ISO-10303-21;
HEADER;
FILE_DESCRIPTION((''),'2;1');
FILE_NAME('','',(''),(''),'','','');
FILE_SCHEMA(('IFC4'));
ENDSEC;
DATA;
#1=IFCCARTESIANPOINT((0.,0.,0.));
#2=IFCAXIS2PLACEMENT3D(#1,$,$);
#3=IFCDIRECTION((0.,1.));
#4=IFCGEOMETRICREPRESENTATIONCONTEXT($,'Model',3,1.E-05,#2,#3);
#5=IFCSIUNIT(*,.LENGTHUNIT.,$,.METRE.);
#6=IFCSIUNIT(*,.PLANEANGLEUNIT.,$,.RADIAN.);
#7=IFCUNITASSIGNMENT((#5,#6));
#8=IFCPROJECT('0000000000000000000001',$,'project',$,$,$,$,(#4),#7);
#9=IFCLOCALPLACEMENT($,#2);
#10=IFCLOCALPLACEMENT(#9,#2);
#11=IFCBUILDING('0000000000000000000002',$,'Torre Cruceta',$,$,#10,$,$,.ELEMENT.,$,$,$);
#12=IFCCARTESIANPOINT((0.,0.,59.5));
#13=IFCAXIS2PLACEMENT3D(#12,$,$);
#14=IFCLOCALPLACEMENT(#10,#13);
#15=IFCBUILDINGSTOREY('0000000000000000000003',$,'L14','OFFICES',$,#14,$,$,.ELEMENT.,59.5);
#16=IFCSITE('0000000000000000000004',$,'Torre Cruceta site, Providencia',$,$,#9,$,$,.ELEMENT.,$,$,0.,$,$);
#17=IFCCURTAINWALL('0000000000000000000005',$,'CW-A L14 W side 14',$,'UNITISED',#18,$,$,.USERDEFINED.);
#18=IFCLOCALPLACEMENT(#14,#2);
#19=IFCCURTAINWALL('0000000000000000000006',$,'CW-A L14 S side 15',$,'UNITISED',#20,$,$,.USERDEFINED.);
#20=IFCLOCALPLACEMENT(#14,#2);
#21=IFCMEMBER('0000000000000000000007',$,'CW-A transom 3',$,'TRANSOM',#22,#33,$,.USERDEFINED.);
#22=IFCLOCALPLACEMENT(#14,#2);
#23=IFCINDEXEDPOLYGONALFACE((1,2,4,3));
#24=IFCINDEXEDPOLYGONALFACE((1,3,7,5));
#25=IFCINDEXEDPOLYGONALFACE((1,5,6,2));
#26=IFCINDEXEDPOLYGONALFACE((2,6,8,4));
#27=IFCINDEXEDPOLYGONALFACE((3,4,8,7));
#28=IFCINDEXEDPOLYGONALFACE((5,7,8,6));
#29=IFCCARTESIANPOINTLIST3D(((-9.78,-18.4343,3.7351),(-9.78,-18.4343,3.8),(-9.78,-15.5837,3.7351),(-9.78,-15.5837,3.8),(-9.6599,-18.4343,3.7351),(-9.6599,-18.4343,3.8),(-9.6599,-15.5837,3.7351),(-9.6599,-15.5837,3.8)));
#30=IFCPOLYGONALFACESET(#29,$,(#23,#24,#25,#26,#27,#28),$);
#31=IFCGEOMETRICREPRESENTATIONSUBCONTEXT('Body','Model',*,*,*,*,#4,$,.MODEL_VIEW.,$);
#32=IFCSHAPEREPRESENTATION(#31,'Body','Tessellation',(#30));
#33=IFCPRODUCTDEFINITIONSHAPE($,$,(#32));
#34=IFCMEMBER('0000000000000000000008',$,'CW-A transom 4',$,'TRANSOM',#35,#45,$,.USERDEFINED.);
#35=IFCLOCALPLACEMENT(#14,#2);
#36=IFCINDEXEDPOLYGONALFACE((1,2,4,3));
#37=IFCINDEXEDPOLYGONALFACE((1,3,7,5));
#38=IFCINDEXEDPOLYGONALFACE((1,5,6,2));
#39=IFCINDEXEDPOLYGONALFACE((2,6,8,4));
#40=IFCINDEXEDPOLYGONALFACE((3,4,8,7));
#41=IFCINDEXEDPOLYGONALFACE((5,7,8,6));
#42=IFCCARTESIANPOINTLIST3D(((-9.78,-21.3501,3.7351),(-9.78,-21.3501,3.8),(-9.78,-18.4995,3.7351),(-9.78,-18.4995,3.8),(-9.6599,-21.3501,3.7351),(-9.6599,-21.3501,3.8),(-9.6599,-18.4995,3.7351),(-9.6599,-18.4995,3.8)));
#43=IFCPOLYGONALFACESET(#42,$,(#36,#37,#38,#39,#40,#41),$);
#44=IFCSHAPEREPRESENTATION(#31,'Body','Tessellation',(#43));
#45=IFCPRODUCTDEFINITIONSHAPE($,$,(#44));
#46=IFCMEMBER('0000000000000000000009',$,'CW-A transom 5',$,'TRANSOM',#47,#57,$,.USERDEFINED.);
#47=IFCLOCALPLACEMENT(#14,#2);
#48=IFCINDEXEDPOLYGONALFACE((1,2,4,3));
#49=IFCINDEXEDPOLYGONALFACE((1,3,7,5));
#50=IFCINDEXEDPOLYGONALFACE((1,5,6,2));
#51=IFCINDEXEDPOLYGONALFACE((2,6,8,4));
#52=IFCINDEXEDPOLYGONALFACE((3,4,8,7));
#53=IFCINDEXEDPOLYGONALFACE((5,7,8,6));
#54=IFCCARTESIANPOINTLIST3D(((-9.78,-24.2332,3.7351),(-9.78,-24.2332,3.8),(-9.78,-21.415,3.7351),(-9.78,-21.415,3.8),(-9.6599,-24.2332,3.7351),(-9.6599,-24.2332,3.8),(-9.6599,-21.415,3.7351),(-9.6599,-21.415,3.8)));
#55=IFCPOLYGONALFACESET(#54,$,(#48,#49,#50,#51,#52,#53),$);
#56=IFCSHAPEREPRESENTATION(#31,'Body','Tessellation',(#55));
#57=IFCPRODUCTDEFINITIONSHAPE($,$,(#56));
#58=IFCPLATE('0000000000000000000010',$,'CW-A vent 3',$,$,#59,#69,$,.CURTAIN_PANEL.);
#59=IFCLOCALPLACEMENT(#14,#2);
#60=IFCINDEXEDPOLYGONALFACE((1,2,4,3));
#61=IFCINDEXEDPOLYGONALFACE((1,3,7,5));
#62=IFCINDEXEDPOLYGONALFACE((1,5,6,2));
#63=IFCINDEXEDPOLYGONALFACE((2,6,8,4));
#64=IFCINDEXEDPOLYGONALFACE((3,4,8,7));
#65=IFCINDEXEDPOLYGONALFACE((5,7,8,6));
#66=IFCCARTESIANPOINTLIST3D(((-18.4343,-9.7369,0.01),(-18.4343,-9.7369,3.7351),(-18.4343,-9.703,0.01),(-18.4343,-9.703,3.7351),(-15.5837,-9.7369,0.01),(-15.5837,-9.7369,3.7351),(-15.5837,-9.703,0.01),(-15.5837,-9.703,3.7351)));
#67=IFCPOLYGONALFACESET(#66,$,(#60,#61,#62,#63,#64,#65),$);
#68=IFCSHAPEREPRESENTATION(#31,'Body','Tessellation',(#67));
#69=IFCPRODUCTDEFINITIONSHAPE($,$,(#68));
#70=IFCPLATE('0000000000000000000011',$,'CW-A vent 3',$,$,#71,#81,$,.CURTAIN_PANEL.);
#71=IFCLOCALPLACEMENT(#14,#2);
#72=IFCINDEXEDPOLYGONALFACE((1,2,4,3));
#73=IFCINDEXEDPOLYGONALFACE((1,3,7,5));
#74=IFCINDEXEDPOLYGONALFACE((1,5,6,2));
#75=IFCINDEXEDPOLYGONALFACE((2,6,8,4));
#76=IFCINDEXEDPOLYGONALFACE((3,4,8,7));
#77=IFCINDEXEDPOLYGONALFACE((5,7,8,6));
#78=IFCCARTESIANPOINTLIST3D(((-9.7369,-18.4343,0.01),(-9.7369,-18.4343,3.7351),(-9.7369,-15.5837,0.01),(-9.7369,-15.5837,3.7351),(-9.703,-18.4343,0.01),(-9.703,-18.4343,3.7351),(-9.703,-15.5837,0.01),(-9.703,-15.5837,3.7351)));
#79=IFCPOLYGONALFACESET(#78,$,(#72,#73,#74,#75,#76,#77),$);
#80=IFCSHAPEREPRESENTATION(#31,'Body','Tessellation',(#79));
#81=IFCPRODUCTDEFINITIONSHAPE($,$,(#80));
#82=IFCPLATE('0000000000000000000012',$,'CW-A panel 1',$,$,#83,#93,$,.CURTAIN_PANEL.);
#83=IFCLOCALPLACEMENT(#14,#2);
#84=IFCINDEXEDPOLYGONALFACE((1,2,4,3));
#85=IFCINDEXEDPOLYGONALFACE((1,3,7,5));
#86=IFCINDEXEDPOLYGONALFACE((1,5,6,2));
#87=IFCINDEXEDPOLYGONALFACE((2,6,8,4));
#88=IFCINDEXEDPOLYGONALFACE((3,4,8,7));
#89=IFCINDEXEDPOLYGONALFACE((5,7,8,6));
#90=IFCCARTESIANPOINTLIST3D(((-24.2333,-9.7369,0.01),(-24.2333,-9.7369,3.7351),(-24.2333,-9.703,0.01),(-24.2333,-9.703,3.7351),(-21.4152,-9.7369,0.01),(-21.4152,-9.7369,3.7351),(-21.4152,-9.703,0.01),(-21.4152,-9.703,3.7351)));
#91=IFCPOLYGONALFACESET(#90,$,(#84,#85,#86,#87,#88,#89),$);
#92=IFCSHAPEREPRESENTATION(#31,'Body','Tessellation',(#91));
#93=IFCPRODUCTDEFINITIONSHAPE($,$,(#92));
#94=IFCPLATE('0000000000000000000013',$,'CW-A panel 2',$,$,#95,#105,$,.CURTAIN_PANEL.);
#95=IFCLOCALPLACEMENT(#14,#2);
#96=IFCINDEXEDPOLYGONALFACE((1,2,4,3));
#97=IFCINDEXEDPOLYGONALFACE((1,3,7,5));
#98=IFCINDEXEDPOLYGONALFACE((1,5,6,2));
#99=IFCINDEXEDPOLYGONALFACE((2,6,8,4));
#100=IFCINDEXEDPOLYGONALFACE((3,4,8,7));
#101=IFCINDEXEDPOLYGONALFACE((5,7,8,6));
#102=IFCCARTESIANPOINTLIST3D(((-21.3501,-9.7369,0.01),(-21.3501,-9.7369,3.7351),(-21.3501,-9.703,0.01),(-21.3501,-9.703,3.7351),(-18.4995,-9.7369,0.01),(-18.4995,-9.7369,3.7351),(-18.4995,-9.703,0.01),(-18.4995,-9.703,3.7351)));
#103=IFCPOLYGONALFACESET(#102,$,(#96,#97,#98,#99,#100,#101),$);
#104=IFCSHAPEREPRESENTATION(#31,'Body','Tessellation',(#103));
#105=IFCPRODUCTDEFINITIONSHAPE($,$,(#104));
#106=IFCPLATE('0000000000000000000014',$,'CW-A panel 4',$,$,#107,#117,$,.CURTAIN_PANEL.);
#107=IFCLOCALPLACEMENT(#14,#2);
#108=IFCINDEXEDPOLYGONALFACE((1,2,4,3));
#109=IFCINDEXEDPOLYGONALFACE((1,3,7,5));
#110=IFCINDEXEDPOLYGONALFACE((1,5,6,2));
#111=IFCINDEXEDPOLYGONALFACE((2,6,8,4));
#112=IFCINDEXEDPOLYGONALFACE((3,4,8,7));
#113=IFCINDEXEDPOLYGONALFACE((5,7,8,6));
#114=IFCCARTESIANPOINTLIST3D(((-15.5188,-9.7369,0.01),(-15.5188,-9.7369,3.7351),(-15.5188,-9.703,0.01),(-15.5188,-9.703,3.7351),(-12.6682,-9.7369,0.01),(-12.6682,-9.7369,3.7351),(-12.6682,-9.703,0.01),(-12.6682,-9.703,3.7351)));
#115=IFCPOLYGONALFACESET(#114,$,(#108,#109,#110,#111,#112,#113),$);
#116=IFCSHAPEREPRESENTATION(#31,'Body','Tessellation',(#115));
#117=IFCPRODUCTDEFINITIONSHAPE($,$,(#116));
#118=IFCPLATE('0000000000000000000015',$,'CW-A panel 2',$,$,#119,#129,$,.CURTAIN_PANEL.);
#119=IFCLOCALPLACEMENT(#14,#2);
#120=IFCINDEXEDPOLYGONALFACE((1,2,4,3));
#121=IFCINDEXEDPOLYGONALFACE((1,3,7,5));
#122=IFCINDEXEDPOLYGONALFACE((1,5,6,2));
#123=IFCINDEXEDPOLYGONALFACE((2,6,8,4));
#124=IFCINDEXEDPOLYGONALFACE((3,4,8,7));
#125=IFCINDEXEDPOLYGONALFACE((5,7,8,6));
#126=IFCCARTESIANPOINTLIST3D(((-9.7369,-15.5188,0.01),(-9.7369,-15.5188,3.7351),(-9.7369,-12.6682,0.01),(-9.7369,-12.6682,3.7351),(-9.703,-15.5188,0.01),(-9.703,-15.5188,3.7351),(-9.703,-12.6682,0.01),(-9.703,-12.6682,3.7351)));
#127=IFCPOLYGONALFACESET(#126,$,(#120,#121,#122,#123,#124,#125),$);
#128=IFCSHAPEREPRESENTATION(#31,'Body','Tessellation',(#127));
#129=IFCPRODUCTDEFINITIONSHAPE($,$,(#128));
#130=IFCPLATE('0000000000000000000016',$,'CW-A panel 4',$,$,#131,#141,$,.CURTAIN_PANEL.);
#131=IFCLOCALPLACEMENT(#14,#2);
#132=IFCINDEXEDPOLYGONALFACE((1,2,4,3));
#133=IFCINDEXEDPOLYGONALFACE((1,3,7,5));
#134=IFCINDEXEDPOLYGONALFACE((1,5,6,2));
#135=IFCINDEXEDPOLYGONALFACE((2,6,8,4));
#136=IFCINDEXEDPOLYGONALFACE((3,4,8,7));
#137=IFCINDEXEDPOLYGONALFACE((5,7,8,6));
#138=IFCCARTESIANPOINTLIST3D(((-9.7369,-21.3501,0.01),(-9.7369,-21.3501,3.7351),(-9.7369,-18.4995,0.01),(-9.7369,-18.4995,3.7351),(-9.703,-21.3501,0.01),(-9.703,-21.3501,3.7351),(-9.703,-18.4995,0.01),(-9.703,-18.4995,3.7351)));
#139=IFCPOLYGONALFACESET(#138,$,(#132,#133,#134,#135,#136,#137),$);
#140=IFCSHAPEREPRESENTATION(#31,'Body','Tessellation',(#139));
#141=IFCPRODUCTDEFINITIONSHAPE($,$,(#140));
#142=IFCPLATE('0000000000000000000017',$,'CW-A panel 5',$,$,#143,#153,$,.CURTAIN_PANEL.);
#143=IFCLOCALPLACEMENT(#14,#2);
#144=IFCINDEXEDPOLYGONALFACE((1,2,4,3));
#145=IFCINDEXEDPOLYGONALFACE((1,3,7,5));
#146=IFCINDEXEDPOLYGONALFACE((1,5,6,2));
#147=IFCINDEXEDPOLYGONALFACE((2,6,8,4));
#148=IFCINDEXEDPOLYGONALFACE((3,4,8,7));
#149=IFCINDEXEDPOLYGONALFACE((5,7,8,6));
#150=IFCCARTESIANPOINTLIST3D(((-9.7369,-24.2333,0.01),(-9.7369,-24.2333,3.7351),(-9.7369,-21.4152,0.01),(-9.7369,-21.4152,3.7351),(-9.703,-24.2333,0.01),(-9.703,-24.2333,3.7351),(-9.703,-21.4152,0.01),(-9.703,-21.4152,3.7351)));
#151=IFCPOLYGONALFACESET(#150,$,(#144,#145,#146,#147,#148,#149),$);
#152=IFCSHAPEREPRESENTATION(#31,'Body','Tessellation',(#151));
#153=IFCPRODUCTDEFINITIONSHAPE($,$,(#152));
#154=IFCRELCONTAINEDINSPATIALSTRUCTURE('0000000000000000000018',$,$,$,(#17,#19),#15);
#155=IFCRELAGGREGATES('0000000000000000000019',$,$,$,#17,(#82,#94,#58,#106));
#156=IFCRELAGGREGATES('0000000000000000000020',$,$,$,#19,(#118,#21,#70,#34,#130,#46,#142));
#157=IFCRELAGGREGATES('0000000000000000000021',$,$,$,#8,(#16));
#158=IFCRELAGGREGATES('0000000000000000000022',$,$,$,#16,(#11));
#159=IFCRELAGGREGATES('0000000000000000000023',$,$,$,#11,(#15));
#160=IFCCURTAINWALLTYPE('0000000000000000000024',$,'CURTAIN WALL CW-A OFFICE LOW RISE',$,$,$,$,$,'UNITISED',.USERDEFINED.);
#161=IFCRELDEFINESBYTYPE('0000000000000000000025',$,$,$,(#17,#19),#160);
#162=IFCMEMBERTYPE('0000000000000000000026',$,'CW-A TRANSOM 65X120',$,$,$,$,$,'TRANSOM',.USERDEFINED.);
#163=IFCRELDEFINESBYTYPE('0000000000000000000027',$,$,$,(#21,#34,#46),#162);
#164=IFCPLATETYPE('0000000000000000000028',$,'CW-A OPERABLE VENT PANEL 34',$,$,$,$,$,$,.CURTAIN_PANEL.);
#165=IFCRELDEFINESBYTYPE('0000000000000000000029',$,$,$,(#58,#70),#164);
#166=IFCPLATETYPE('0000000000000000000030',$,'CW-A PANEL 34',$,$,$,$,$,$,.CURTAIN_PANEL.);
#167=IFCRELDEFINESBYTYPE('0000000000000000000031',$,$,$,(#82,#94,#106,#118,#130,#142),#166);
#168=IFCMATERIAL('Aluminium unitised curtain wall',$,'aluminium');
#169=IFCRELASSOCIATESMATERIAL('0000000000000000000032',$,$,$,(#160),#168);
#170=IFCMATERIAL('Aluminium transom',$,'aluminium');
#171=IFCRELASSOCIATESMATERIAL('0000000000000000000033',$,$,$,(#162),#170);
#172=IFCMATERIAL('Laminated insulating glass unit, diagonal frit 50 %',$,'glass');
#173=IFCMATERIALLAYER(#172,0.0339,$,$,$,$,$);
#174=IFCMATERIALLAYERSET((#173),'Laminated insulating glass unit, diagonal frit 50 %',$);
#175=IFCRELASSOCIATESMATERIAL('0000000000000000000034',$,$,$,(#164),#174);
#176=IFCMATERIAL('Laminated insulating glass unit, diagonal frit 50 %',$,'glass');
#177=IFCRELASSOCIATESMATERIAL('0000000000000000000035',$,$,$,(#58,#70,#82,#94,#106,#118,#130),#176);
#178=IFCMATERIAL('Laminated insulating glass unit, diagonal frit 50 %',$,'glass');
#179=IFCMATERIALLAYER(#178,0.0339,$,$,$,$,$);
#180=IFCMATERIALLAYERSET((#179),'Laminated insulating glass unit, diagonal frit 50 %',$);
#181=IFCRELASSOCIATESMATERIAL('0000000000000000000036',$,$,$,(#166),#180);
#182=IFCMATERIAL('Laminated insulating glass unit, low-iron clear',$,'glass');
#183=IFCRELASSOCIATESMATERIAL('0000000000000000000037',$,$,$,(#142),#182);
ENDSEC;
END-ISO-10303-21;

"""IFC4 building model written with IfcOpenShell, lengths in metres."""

from ifc_helpers import new_model, si_unit, direction, frame, origin, origin_2d, place, context, subcontext, project, spatial, rectangle, extrude, material, layer, layer_set, material_profile, profile_set, type_object, element, aggregate, save


model = new_model("IFC4")

# Units and contexts
model_context = context("Model", 3, precision=1e-05, world=origin(), true_north=direction((0.0, 1.0)))
body_context = subcontext(model_context, "Body", "Model", "MODEL_VIEW")
ifc_project = project(units=[si_unit("LENGTHUNIT", "METRE"), si_unit("PLANEANGLEUNIT", "RADIAN")], contexts=[model_context])

# Site, building, storey
site_placement = place(None, origin())
site = spatial("IfcSite", under=ifc_project, at=site_placement, Name="Torre Cruceta site, Providencia", CompositionType="ELEMENT", RefElevation=0.0)
building_placement = place(site_placement, origin())
building = spatial("IfcBuilding", under=site, at=building_placement, Name="Torre Cruceta", CompositionType="ELEMENT")
storey_placement = place(building_placement, frame((0.0, 0.0, 59.5)))
storey = spatial("IfcBuildingStorey", under=building, at=storey_placement, Name="L14", Description="OFFICES", CompositionType="ELEMENT", Elevation=59.5)

# Curtain walls
ifc_material_1 = material(Name="Aluminium unitised curtain wall", Category="aluminium")
curtain_wall_type = type_object("IfcCurtainWallType", Name="CURTAIN WALL CW-A OFFICE LOW RISE", ElementType="UNITISED", PredefinedType="USERDEFINED", material=ifc_material_1)
curtain_wall_1_placement = place(storey_placement, origin())
curtain_wall_1 = element("IfcCurtainWall", 1, at=curtain_wall_1_placement, inside=storey, type_object=curtain_wall_type, Name="CW-A L14 W side 14", ObjectType="UNITISED", PredefinedType="USERDEFINED")
curtain_wall_2_placement = place(storey_placement, origin())
curtain_wall_2 = element("IfcCurtainWall", 2, at=curtain_wall_2_placement, inside=storey, type_object=curtain_wall_type, Name="CW-A L14 S side 15", ObjectType="UNITISED", PredefinedType="USERDEFINED")

# Members
ifc_material_2 = material(Name="Aluminium transom", Category="aluminium")
ifc_material_profile_1 = material_profile(ifc_material_2, rectangle(XDim=0.1201, YDim=0.0649, at=origin_2d()), Name="AL 120X65")
ifc_profile_set_1 = profile_set([ifc_material_profile_1], Name="Aluminium transom")
member_type_1 = type_object("IfcMemberType", Name="CW-A TRANSOM 65X120", ElementType="TRANSOM", PredefinedType="USERDEFINED", material=ifc_profile_set_1)
member_1_placement = place(storey_placement, frame((-9.72, -15.5837, 3.7676), z_axis=(0.0, -1.0, 0.0), x_axis=(1.0, 0.0, 0.0)))
member_1 = element("IfcMember", 3, at=member_1_placement, type_object=member_type_1, Name="CW-A transom 3", ObjectType="TRANSOM", PredefinedType="USERDEFINED", context=body_context, shape_type="SweptSolid", body=[
    extrude(rectangle(XDim=0.1201, YDim=0.0649, at=origin_2d()), origin(), (0.0, 0.0, 1.0), 2.8506),
])
member_2_placement = place(storey_placement, frame((-9.72, -18.4995, 3.7676), z_axis=(0.0, -1.0, 0.0), x_axis=(1.0, 0.0, 0.0)))
member_2 = element("IfcMember", 4, at=member_2_placement, type_object=member_type_1, Name="CW-A transom 4", ObjectType="TRANSOM", PredefinedType="USERDEFINED", context=body_context, shape_type="SweptSolid", body=[
    extrude(rectangle(XDim=0.1201, YDim=0.0649, at=origin_2d()), origin(), (0.0, 0.0, 1.0), 2.8506),
])
member_3_placement = place(storey_placement, frame((-9.72, -21.415, 3.7676), z_axis=(0.0, -1.0, 0.0), x_axis=(1.0, 0.0, 0.0)))
member_3 = element("IfcMember", 5, at=member_3_placement, type_object=member_type_1, Name="CW-A transom 5", ObjectType="TRANSOM", PredefinedType="USERDEFINED", context=body_context, shape_type="SweptSolid", body=[
    extrude(rectangle(XDim=0.1201, YDim=0.0649, at=origin_2d()), origin(), (0.0, 0.0, 1.0), 2.8181),
])

# Plates
ifc_material_3 = material(Name="Laminated insulating glass unit, diagonal frit 50 %", Category="glass")
ifc_material_4 = material(Name="Laminated insulating glass unit, diagonal frit 50 %", Category="glass")
ifc_layer_1 = layer(ifc_material_4, 0.0339)
ifc_layer_set_1 = layer_set([ifc_layer_1], Name="Laminated insulating glass unit, diagonal frit 50 %")
plate_type_1 = type_object("IfcPlateType", Name="CW-A OPERABLE VENT PANEL 34", PredefinedType="CURTAIN_PANEL", material=ifc_layer_set_1)
plate_1_placement = place(storey_placement, frame((-17.009, -9.72, 0.01), z_axis=(0.0, 0.0, 1.0), x_axis=(1.0, 0.0, 0.0)))
plate_1 = element("IfcPlate", 6, at=plate_1_placement, type_object=plate_type_1, material=ifc_material_3, Name="CW-A vent 3", PredefinedType="CURTAIN_PANEL", context=body_context, shape_type="SweptSolid", body=[
    extrude(rectangle(XDim=2.8506, YDim=0.0339, at=origin_2d()), origin(), (0.0, 0.0, 1.0), 3.7251),
])
plate_2_placement = place(storey_placement, frame((-9.72, -17.009, 0.01), z_axis=(0.0, 0.0, 1.0), x_axis=(0.0, -1.0, 0.0)))
plate_2 = element("IfcPlate", 7, at=plate_2_placement, type_object=plate_type_1, material=ifc_material_3, Name="CW-A vent 3", PredefinedType="CURTAIN_PANEL", context=body_context, shape_type="SweptSolid", body=[
    extrude(rectangle(XDim=2.8506, YDim=0.0339, at=origin_2d()), origin(), (0.0, 0.0, 1.0), 3.7251),
])
ifc_material_5 = material(Name="Laminated insulating glass unit, diagonal frit 50 %", Category="glass")
ifc_layer_2 = layer(ifc_material_5, 0.0339)
ifc_layer_set_2 = layer_set([ifc_layer_2], Name="Laminated insulating glass unit, diagonal frit 50 %")
plate_type_2 = type_object("IfcPlateType", Name="CW-A PANEL 34", PredefinedType="CURTAIN_PANEL", material=ifc_layer_set_2)
plate_3_placement = place(storey_placement, frame((-22.8242, -9.72, 0.01), z_axis=(0.0, 0.0, 1.0), x_axis=(1.0, 0.0, 0.0)))
plate_3 = element("IfcPlate", 8, at=plate_3_placement, type_object=plate_type_2, material=ifc_material_3, Name="CW-A panel 1", PredefinedType="CURTAIN_PANEL", context=body_context, shape_type="SweptSolid", body=[
    extrude(rectangle(XDim=2.8181, YDim=0.0339, at=origin_2d()), origin(), (0.0, 0.0, 1.0), 3.7251),
])
plate_4_placement = place(storey_placement, frame((-19.9248, -9.72, 0.01), z_axis=(0.0, 0.0, 1.0), x_axis=(1.0, 0.0, 0.0)))
plate_4 = element("IfcPlate", 9, at=plate_4_placement, type_object=plate_type_2, material=ifc_material_3, Name="CW-A panel 2", PredefinedType="CURTAIN_PANEL", context=body_context, shape_type="SweptSolid", body=[
    extrude(rectangle(XDim=2.8506, YDim=0.0339, at=origin_2d()), origin(), (0.0, 0.0, 1.0), 3.7251),
])
plate_5_placement = place(storey_placement, frame((-14.0935, -9.72, 0.01), z_axis=(0.0, 0.0, 1.0), x_axis=(1.0, 0.0, 0.0)))
plate_5 = element("IfcPlate", 10, at=plate_5_placement, type_object=plate_type_2, material=ifc_material_3, Name="CW-A panel 4", PredefinedType="CURTAIN_PANEL", context=body_context, shape_type="SweptSolid", body=[
    extrude(rectangle(XDim=2.8506, YDim=0.0339, at=origin_2d()), origin(), (0.0, 0.0, 1.0), 3.7251),
])
aggregate(curtain_wall_1, [plate_3, plate_4, plate_1, plate_5])
plate_6_placement = place(storey_placement, frame((-9.72, -14.0935, 0.01), z_axis=(0.0, 0.0, 1.0), x_axis=(0.0, -1.0, 0.0)))
plate_6 = element("IfcPlate", 11, at=plate_6_placement, type_object=plate_type_2, material=ifc_material_3, Name="CW-A panel 2", PredefinedType="CURTAIN_PANEL", context=body_context, shape_type="SweptSolid", body=[
    extrude(rectangle(XDim=2.8506, YDim=0.0339, at=origin_2d()), origin(), (0.0, 0.0, 1.0), 3.7251),
])
plate_7_placement = place(storey_placement, frame((-9.72, -19.9248, 0.01), z_axis=(0.0, 0.0, 1.0), x_axis=(0.0, -1.0, 0.0)))
plate_7 = element("IfcPlate", 12, at=plate_7_placement, type_object=plate_type_2, material=ifc_material_3, Name="CW-A panel 4", PredefinedType="CURTAIN_PANEL", context=body_context, shape_type="SweptSolid", body=[
    extrude(rectangle(XDim=2.8506, YDim=0.0339, at=origin_2d()), origin(), (0.0, 0.0, 1.0), 3.7251),
])
ifc_material_6 = material(Name="Laminated insulating glass unit, low-iron clear", Category="glass")
plate_8_placement = place(storey_placement, frame((-9.72, -22.8242, 0.01), z_axis=(0.0, 0.0, 1.0), x_axis=(0.0, -1.0, 0.0)))
plate_8 = element("IfcPlate", 13, at=plate_8_placement, type_object=plate_type_2, material=ifc_material_6, Name="CW-A panel 5", PredefinedType="CURTAIN_PANEL", context=body_context, shape_type="SweptSolid", body=[
    extrude(rectangle(XDim=2.8181, YDim=0.0339, at=origin_2d()), origin(), (0.0, 0.0, 1.0), 3.7251),
])
aggregate(curtain_wall_2, [plate_6, member_1, plate_2, member_2, plate_7, member_3, plate_8])

save(model, "model.ifc")
